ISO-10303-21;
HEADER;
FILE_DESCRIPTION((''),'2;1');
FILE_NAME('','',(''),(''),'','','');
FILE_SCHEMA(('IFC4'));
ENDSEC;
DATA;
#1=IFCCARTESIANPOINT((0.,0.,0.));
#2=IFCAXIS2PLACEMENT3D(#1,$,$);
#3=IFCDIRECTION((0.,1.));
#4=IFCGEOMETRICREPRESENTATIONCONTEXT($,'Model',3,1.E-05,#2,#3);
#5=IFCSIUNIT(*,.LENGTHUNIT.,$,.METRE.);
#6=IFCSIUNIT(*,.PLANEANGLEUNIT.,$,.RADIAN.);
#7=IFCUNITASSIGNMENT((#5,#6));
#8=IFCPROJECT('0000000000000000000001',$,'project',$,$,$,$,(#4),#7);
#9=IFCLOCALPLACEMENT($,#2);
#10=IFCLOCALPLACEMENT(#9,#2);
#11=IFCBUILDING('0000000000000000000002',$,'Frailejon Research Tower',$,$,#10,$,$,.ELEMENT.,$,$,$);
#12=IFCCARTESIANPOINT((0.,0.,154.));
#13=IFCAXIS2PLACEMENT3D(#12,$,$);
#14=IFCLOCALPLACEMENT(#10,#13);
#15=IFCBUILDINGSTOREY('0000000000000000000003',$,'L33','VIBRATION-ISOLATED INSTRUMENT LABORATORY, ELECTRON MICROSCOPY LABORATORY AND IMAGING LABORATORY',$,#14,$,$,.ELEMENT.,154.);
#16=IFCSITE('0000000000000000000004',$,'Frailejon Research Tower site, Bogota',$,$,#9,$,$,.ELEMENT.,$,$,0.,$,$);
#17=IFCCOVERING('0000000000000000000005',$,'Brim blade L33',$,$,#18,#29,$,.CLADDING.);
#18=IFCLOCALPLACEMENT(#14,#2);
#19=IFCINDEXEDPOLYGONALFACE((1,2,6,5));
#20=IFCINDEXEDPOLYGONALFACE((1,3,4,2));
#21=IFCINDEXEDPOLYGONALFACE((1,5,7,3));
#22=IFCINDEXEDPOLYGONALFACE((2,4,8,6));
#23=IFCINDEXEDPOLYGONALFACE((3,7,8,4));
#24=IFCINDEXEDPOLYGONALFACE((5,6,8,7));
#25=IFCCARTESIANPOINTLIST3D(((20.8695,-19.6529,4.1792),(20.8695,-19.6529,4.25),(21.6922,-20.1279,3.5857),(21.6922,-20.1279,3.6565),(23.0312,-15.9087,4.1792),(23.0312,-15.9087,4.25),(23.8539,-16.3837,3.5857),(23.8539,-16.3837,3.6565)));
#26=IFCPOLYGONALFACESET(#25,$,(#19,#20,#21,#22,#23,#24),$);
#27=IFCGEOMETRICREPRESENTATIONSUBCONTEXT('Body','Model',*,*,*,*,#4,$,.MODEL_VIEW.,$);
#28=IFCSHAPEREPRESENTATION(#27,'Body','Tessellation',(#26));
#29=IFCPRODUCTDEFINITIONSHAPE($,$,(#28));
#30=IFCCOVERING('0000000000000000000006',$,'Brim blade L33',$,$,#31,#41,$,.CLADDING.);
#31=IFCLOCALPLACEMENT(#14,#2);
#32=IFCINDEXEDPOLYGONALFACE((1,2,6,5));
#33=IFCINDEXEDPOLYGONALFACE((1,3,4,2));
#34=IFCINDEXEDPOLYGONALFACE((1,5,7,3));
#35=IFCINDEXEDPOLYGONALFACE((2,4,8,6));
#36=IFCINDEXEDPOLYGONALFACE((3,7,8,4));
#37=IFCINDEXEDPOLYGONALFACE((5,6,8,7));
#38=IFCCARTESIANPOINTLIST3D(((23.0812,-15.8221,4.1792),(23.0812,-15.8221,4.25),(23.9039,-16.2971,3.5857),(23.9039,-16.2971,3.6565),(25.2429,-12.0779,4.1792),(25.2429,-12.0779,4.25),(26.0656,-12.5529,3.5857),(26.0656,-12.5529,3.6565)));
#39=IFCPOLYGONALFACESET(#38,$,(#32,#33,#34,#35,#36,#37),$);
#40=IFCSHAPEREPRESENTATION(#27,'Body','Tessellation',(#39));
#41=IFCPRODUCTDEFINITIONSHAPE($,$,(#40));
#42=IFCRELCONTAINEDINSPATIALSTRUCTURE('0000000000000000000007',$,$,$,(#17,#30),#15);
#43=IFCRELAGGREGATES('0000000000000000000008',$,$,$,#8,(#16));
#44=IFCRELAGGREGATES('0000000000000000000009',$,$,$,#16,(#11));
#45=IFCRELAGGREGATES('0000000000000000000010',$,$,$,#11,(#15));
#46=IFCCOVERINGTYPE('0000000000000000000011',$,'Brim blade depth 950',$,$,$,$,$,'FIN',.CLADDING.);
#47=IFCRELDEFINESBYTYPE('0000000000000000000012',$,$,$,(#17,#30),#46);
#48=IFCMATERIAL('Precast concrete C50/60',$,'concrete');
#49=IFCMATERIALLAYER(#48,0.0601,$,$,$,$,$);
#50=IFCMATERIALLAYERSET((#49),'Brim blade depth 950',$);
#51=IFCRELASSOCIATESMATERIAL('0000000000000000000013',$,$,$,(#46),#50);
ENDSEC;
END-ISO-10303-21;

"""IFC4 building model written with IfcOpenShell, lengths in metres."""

from ifc_helpers import new_model, si_unit, direction, frame, origin, place, context, subcontext, project, spatial, polyline, outline, extrude, material, layer, layer_set, type_object, element, save


model = new_model("IFC4")

# Units and contexts
model_context = context("Model", 3, precision=1e-05, world=origin(), true_north=direction((0.0, 1.0)))
body_context = subcontext(model_context, "Body", "Model", "MODEL_VIEW")
ifc_project = project(units=[si_unit("LENGTHUNIT", "METRE"), si_unit("PLANEANGLEUNIT", "RADIAN")], contexts=[model_context])

# Site, building, storey
site_placement = place(None, origin())
site = spatial("IfcSite", under=ifc_project, at=site_placement, Name="Frailejon Research Tower site, Bogota", CompositionType="ELEMENT", RefElevation=0.0)
building_placement = place(site_placement, origin())
building = spatial("IfcBuilding", under=site, at=building_placement, Name="Frailejon Research Tower", CompositionType="ELEMENT")
storey_placement = place(building_placement, frame((0.0, 0.0, 154.0)))
storey = spatial("IfcBuildingStorey", under=building, at=storey_placement, Name="L33", Description="VIBRATION-ISOLATED INSTRUMENT LABORATORY, ELECTRON MICROSCOPY LABORATORY AND IMAGING LABORATORY", CompositionType="ELEMENT", Elevation=154.0)

# Coverings
ifc_material_1 = material(Name="Precast concrete C50/60", Category="concrete")
ifc_layer_1 = layer(ifc_material_1, 0.0601)
ifc_layer_set_1 = layer_set([ifc_layer_1], Name="Brim blade depth 950")
covering_type_1 = type_object("IfcCoveringType", Name="Brim blade depth 950", ElementType="FIN", PredefinedType="CLADDING", material=ifc_layer_set_1)
for number, where, z_axis, x_axis, name in (
    (1, (23.0312, -15.9087, 4.25), (-0.500005, -0.866023, 0.0), (0.866023, -0.500005, 0.0), "Brim blade L33"),
    (2, (25.2429, -12.0779, 4.25), (-0.499995, -0.866028, 0.0), (0.866028, -0.499995, 0.0), "Brim blade L33"),
):
    element("IfcCovering", number, at=place(storey_placement, frame(where, z_axis=z_axis, x_axis=x_axis)), inside=storey, type_object=covering_type_1, Name=name, PredefinedType="CLADDING", context=body_context, shape_type="SweptSolid", body=[
        extrude(outline(polyline([(0.0, -0.0708), (0.95, -0.6643), (0.95, -0.5935), (0.0, 0.0), (0.0, -0.0708)])), origin(), (0.0, 0.0, 1.0), 4.3235),
    ])

save(model, "model.ifc")
